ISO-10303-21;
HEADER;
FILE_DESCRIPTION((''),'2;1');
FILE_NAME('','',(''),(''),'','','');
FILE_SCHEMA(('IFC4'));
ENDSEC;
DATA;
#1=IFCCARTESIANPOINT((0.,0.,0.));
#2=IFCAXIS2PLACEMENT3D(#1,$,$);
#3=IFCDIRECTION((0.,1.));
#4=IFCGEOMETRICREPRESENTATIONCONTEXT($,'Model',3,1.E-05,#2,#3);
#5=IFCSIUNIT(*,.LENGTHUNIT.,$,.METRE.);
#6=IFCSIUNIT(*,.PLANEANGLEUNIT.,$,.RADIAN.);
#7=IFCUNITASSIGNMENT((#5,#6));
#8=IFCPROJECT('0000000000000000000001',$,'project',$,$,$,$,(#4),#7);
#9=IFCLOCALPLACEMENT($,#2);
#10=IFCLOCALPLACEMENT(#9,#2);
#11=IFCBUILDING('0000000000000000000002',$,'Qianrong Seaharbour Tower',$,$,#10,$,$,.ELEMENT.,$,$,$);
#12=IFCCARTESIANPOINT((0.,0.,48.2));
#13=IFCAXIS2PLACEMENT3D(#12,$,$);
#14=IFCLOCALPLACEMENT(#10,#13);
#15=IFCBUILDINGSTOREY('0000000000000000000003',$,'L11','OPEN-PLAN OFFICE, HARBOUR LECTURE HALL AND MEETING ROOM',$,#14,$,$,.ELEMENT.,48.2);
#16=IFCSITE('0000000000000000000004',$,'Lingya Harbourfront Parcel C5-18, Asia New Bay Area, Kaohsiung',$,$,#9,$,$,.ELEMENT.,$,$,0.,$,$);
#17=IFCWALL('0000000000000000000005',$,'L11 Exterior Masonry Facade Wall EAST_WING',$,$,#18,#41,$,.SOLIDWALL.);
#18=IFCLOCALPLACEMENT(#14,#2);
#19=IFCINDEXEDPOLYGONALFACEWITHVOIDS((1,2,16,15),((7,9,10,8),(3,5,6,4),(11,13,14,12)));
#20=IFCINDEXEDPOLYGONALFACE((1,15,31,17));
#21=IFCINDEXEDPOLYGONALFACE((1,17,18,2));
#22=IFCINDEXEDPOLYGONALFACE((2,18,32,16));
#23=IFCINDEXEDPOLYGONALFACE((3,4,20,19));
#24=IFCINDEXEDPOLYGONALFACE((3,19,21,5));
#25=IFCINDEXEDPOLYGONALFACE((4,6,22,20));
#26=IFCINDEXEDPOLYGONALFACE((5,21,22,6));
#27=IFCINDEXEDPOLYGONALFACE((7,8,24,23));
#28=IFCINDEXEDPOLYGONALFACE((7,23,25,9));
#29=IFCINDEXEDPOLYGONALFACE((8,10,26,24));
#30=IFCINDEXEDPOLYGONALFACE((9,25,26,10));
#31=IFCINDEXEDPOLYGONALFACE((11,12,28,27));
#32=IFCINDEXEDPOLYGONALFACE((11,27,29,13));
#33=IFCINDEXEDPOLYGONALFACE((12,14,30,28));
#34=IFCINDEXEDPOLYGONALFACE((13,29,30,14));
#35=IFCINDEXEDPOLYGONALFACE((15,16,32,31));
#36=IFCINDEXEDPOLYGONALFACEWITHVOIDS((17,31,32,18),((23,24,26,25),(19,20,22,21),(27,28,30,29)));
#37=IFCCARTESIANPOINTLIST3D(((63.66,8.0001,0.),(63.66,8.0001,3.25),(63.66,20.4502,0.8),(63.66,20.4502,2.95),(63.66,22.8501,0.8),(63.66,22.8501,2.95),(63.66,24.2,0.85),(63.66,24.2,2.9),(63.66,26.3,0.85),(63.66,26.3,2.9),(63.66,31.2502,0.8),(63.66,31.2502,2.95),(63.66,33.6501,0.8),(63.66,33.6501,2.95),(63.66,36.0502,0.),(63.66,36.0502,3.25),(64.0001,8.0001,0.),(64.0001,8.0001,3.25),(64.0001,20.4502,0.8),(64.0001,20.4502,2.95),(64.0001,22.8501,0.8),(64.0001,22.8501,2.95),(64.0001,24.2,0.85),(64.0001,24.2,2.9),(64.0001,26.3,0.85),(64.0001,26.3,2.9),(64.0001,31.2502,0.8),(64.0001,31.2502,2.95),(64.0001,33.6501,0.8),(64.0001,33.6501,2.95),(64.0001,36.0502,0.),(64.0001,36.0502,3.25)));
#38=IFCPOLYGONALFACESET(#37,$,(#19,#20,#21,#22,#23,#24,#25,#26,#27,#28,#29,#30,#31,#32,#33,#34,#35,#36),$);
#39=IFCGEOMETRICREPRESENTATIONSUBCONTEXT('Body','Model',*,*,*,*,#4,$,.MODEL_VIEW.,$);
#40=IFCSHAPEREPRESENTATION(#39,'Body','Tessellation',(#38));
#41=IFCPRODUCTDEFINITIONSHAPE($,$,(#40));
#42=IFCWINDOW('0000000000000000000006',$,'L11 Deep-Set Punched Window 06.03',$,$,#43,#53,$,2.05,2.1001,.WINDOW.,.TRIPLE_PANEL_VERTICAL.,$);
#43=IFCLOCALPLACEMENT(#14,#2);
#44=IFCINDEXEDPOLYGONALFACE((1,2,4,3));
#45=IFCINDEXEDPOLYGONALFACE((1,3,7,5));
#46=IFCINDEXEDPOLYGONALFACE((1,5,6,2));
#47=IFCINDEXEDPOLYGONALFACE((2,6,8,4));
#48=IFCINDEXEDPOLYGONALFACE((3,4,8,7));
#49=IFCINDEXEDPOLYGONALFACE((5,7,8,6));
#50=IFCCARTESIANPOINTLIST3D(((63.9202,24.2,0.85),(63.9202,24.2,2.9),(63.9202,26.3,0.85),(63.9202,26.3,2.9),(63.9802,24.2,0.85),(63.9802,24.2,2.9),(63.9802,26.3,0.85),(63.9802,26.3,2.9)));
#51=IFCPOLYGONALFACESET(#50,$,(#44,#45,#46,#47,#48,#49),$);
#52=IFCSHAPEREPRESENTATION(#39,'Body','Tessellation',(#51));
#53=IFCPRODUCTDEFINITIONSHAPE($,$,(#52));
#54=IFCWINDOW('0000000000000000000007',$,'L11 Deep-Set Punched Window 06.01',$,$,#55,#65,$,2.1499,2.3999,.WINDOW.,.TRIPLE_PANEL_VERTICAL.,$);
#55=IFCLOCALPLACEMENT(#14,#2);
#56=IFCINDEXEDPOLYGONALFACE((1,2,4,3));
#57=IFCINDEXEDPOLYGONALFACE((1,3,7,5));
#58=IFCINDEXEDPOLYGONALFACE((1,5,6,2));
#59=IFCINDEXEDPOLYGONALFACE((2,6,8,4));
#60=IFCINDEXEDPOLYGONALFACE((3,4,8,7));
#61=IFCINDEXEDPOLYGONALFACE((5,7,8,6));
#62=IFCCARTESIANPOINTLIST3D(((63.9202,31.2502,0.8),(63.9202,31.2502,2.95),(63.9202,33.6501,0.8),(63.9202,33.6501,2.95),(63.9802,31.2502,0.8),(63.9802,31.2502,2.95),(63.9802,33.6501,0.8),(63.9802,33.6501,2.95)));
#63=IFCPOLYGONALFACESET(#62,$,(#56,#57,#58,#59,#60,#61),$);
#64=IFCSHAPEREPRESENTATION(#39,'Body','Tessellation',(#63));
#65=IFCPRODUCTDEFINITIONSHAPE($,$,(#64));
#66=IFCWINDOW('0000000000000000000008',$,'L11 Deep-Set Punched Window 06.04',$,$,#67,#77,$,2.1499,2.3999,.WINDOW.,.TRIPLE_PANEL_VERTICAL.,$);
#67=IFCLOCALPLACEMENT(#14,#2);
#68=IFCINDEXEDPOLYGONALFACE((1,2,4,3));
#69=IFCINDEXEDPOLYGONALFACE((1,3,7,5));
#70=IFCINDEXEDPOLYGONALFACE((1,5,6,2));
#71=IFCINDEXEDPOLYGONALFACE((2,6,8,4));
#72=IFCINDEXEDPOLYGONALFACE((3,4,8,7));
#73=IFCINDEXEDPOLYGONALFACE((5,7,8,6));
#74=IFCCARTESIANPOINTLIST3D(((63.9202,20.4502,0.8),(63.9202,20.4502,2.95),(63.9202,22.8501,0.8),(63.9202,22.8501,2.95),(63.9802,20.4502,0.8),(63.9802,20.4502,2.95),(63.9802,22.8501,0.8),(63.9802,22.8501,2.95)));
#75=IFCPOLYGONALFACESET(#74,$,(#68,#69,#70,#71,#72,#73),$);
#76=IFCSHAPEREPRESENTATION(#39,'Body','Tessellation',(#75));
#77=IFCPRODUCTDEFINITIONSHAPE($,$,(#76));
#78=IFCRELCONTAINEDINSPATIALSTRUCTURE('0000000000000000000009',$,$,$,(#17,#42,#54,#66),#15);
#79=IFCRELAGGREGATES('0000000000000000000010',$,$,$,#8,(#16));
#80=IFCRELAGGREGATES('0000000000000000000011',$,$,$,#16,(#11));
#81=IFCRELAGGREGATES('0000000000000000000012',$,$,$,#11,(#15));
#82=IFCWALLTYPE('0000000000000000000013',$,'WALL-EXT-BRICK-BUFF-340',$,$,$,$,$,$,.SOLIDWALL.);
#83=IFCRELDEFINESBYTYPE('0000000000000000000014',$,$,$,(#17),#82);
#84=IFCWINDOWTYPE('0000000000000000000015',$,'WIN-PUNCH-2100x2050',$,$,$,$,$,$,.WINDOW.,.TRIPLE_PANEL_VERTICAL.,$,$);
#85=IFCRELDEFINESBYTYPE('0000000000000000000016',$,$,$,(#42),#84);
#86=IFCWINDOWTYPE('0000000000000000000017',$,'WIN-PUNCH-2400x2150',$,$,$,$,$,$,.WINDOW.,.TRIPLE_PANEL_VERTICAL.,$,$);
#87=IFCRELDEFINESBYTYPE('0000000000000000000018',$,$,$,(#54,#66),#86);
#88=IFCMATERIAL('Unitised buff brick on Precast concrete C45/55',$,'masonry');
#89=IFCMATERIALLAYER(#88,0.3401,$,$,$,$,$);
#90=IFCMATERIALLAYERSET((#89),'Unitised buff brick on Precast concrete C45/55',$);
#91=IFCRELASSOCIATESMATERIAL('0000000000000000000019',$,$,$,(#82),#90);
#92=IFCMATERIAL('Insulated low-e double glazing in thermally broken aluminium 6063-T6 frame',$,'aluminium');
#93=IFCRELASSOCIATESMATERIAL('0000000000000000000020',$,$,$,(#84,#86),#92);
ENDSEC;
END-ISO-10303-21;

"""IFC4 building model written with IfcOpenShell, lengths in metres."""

from ifc_helpers import new_model, si_unit, direction, frame, frame_2d, origin, place, context, subcontext, project, spatial, rectangle, extrude, material, layer, layer_set, type_object, element, fill, save


model = new_model("IFC4")

# Units and contexts
model_context = context("Model", 3, precision=1e-05, world=origin(), true_north=direction((0.0, 1.0)))
body_context = subcontext(model_context, "Body", "Model", "MODEL_VIEW")
ifc_project = project(units=[si_unit("LENGTHUNIT", "METRE"), si_unit("PLANEANGLEUNIT", "RADIAN")], contexts=[model_context])

# Site, building, storey
site_placement = place(None, origin())
site = spatial("IfcSite", under=ifc_project, at=site_placement, Name="Lingya Harbourfront Parcel C5-18, Asia New Bay Area, Kaohsiung", CompositionType="ELEMENT", RefElevation=0.0)
building_placement = place(site_placement, origin())
building = spatial("IfcBuilding", under=site, at=building_placement, Name="Qianrong Seaharbour Tower", CompositionType="ELEMENT")
storey_placement = place(building_placement, frame((0.0, 0.0, 48.2)))
storey = spatial("IfcBuildingStorey", under=building, at=storey_placement, Name="L11", Description="OPEN-PLAN OFFICE, HARBOUR LECTURE HALL AND MEETING ROOM", CompositionType="ELEMENT", Elevation=48.2)

# Wall, openings, windows
ifc_material_1 = material(Name="Unitised buff brick on Precast concrete C45/55", Category="masonry")
ifc_layer_1 = layer(ifc_material_1, 0.3401)
ifc_layer_set_1 = layer_set([ifc_layer_1], Name="Unitised buff brick on Precast concrete C45/55")
wall_type_1 = type_object("IfcWallType", Name="WALL-EXT-BRICK-BUFF-340", PredefinedType="SOLIDWALL", material=ifc_layer_set_1)
wall_1_placement = place(storey_placement, frame((63.8301, 36.05, 0.0), z_axis=(0.0, 0.0, 1.0), x_axis=(0.0, -1.0, 0.0)))
wall_1 = element("IfcWall", 1, at=wall_1_placement, inside=storey, type_object=wall_type_1, Name="L11 Exterior Masonry Facade Wall EAST_WING", PredefinedType="SOLIDWALL", context=body_context, shape_type="SweptSolid", body=[
    extrude(rectangle(XDim=28.05, YDim=0.3401, at=frame_2d((14.0249, 0.0))), origin(), (0.0, 0.0, 1.0), 3.25),
])
opening_1_placement = place(wall_1_placement, frame((2.3999, 0.0, 0.8)))
opening_1 = element("IfcOpeningElement", 2, at=opening_1_placement, cuts=wall_1, PredefinedType="OPENING", context=body_context, shape_type="SweptSolid", body=[
    extrude(rectangle(XDim=2.3999, YDim=2.1499, at=frame_2d((1.2, 1.075))), frame((0.0, 0.1802, 0.0), z_axis=(0.0, -1.0, 0.0), x_axis=(1.0, 0.0, 0.0)), (0.0, 0.0, 1.0), 0.3601),
])
opening_2_placement = place(wall_1_placement, frame((9.75, 0.0, 0.8501)))
opening_2 = element("IfcOpeningElement", 3, at=opening_2_placement, cuts=wall_1, PredefinedType="OPENING", context=body_context, shape_type="SweptSolid", body=[
    extrude(rectangle(XDim=2.1001, YDim=2.05, at=frame_2d((1.05, 1.0249))), frame((0.0, 0.1802, 0.0), z_axis=(0.0, -1.0, 0.0), x_axis=(1.0, 0.0, 0.0)), (0.0, 0.0, 1.0), 0.3601),
])
opening_3_placement = place(wall_1_placement, frame((13.2, 0.0, 0.8)))
opening_3 = element("IfcOpeningElement", 4, at=opening_3_placement, cuts=wall_1, PredefinedType="OPENING", context=body_context, shape_type="SweptSolid", body=[
    extrude(rectangle(XDim=2.3999, YDim=2.1499, at=frame_2d((1.2, 1.075))), frame((0.0, 0.1802, 0.0), z_axis=(0.0, -1.0, 0.0), x_axis=(1.0, 0.0, 0.0)), (0.0, 0.0, 1.0), 0.3601),
])
ifc_material_2 = material(Name="Insulated low-e double glazing in thermally broken aluminium 6063-T6 frame", Category="aluminium")
window_type_1 = type_object("IfcWindowType", Name="WIN-PUNCH-2100x2050", PartitioningType="TRIPLE_PANEL_VERTICAL", PredefinedType="WINDOW", material=ifc_material_2)
window_1_placement = place(opening_2_placement, origin())
window_1 = element("IfcWindow", 5, at=window_1_placement, inside=storey, type_object=window_type_1, Name="L11 Deep-Set Punched Window 06.03", OverallHeight=2.05, OverallWidth=2.1001, PartitioningType="TRIPLE_PANEL_VERTICAL", PredefinedType="WINDOW", context=body_context, shape_type="SweptSolid", body=[
    extrude(rectangle(XDim=2.1001, YDim=2.05, at=frame_2d((1.05, 1.0249))), frame((0.0, 0.1501, 0.0), z_axis=(0.0, -1.0, 0.0), x_axis=(1.0, 0.0, 0.0)), (0.0, 0.0, 1.0), 0.0601),
])
fill(opening_2, window_1)
window_type_2 = type_object("IfcWindowType", Name="WIN-PUNCH-2400x2150", PartitioningType="TRIPLE_PANEL_VERTICAL", PredefinedType="WINDOW", material=ifc_material_2)
window_2_placement = place(opening_1_placement, origin())
window_2 = element("IfcWindow", 6, at=window_2_placement, inside=storey, type_object=window_type_2, Name="L11 Deep-Set Punched Window 06.01", OverallHeight=2.1499, OverallWidth=2.3999, PartitioningType="TRIPLE_PANEL_VERTICAL", PredefinedType="WINDOW", context=body_context, shape_type="SweptSolid", body=[
    extrude(rectangle(XDim=2.3999, YDim=2.1499, at=frame_2d((1.2, 1.075))), frame((0.0, 0.1501, 0.0), z_axis=(0.0, -1.0, 0.0), x_axis=(1.0, 0.0, 0.0)), (0.0, 0.0, 1.0), 0.0601),
])
fill(opening_1, window_2)
window_3_placement = place(opening_3_placement, origin())
window_3 = element("IfcWindow", 7, at=window_3_placement, inside=storey, type_object=window_type_2, Name="L11 Deep-Set Punched Window 06.04", OverallHeight=2.1499, OverallWidth=2.3999, PartitioningType="TRIPLE_PANEL_VERTICAL", PredefinedType="WINDOW", context=body_context, shape_type="SweptSolid", body=[
    extrude(rectangle(XDim=2.3999, YDim=2.1499, at=frame_2d((1.2, 1.075))), frame((0.0, 0.1501, 0.0), z_axis=(0.0, -1.0, 0.0), x_axis=(1.0, 0.0, 0.0)), (0.0, 0.0, 1.0), 0.0601),
])
fill(opening_3, window_3)

save(model, "model.ifc")
